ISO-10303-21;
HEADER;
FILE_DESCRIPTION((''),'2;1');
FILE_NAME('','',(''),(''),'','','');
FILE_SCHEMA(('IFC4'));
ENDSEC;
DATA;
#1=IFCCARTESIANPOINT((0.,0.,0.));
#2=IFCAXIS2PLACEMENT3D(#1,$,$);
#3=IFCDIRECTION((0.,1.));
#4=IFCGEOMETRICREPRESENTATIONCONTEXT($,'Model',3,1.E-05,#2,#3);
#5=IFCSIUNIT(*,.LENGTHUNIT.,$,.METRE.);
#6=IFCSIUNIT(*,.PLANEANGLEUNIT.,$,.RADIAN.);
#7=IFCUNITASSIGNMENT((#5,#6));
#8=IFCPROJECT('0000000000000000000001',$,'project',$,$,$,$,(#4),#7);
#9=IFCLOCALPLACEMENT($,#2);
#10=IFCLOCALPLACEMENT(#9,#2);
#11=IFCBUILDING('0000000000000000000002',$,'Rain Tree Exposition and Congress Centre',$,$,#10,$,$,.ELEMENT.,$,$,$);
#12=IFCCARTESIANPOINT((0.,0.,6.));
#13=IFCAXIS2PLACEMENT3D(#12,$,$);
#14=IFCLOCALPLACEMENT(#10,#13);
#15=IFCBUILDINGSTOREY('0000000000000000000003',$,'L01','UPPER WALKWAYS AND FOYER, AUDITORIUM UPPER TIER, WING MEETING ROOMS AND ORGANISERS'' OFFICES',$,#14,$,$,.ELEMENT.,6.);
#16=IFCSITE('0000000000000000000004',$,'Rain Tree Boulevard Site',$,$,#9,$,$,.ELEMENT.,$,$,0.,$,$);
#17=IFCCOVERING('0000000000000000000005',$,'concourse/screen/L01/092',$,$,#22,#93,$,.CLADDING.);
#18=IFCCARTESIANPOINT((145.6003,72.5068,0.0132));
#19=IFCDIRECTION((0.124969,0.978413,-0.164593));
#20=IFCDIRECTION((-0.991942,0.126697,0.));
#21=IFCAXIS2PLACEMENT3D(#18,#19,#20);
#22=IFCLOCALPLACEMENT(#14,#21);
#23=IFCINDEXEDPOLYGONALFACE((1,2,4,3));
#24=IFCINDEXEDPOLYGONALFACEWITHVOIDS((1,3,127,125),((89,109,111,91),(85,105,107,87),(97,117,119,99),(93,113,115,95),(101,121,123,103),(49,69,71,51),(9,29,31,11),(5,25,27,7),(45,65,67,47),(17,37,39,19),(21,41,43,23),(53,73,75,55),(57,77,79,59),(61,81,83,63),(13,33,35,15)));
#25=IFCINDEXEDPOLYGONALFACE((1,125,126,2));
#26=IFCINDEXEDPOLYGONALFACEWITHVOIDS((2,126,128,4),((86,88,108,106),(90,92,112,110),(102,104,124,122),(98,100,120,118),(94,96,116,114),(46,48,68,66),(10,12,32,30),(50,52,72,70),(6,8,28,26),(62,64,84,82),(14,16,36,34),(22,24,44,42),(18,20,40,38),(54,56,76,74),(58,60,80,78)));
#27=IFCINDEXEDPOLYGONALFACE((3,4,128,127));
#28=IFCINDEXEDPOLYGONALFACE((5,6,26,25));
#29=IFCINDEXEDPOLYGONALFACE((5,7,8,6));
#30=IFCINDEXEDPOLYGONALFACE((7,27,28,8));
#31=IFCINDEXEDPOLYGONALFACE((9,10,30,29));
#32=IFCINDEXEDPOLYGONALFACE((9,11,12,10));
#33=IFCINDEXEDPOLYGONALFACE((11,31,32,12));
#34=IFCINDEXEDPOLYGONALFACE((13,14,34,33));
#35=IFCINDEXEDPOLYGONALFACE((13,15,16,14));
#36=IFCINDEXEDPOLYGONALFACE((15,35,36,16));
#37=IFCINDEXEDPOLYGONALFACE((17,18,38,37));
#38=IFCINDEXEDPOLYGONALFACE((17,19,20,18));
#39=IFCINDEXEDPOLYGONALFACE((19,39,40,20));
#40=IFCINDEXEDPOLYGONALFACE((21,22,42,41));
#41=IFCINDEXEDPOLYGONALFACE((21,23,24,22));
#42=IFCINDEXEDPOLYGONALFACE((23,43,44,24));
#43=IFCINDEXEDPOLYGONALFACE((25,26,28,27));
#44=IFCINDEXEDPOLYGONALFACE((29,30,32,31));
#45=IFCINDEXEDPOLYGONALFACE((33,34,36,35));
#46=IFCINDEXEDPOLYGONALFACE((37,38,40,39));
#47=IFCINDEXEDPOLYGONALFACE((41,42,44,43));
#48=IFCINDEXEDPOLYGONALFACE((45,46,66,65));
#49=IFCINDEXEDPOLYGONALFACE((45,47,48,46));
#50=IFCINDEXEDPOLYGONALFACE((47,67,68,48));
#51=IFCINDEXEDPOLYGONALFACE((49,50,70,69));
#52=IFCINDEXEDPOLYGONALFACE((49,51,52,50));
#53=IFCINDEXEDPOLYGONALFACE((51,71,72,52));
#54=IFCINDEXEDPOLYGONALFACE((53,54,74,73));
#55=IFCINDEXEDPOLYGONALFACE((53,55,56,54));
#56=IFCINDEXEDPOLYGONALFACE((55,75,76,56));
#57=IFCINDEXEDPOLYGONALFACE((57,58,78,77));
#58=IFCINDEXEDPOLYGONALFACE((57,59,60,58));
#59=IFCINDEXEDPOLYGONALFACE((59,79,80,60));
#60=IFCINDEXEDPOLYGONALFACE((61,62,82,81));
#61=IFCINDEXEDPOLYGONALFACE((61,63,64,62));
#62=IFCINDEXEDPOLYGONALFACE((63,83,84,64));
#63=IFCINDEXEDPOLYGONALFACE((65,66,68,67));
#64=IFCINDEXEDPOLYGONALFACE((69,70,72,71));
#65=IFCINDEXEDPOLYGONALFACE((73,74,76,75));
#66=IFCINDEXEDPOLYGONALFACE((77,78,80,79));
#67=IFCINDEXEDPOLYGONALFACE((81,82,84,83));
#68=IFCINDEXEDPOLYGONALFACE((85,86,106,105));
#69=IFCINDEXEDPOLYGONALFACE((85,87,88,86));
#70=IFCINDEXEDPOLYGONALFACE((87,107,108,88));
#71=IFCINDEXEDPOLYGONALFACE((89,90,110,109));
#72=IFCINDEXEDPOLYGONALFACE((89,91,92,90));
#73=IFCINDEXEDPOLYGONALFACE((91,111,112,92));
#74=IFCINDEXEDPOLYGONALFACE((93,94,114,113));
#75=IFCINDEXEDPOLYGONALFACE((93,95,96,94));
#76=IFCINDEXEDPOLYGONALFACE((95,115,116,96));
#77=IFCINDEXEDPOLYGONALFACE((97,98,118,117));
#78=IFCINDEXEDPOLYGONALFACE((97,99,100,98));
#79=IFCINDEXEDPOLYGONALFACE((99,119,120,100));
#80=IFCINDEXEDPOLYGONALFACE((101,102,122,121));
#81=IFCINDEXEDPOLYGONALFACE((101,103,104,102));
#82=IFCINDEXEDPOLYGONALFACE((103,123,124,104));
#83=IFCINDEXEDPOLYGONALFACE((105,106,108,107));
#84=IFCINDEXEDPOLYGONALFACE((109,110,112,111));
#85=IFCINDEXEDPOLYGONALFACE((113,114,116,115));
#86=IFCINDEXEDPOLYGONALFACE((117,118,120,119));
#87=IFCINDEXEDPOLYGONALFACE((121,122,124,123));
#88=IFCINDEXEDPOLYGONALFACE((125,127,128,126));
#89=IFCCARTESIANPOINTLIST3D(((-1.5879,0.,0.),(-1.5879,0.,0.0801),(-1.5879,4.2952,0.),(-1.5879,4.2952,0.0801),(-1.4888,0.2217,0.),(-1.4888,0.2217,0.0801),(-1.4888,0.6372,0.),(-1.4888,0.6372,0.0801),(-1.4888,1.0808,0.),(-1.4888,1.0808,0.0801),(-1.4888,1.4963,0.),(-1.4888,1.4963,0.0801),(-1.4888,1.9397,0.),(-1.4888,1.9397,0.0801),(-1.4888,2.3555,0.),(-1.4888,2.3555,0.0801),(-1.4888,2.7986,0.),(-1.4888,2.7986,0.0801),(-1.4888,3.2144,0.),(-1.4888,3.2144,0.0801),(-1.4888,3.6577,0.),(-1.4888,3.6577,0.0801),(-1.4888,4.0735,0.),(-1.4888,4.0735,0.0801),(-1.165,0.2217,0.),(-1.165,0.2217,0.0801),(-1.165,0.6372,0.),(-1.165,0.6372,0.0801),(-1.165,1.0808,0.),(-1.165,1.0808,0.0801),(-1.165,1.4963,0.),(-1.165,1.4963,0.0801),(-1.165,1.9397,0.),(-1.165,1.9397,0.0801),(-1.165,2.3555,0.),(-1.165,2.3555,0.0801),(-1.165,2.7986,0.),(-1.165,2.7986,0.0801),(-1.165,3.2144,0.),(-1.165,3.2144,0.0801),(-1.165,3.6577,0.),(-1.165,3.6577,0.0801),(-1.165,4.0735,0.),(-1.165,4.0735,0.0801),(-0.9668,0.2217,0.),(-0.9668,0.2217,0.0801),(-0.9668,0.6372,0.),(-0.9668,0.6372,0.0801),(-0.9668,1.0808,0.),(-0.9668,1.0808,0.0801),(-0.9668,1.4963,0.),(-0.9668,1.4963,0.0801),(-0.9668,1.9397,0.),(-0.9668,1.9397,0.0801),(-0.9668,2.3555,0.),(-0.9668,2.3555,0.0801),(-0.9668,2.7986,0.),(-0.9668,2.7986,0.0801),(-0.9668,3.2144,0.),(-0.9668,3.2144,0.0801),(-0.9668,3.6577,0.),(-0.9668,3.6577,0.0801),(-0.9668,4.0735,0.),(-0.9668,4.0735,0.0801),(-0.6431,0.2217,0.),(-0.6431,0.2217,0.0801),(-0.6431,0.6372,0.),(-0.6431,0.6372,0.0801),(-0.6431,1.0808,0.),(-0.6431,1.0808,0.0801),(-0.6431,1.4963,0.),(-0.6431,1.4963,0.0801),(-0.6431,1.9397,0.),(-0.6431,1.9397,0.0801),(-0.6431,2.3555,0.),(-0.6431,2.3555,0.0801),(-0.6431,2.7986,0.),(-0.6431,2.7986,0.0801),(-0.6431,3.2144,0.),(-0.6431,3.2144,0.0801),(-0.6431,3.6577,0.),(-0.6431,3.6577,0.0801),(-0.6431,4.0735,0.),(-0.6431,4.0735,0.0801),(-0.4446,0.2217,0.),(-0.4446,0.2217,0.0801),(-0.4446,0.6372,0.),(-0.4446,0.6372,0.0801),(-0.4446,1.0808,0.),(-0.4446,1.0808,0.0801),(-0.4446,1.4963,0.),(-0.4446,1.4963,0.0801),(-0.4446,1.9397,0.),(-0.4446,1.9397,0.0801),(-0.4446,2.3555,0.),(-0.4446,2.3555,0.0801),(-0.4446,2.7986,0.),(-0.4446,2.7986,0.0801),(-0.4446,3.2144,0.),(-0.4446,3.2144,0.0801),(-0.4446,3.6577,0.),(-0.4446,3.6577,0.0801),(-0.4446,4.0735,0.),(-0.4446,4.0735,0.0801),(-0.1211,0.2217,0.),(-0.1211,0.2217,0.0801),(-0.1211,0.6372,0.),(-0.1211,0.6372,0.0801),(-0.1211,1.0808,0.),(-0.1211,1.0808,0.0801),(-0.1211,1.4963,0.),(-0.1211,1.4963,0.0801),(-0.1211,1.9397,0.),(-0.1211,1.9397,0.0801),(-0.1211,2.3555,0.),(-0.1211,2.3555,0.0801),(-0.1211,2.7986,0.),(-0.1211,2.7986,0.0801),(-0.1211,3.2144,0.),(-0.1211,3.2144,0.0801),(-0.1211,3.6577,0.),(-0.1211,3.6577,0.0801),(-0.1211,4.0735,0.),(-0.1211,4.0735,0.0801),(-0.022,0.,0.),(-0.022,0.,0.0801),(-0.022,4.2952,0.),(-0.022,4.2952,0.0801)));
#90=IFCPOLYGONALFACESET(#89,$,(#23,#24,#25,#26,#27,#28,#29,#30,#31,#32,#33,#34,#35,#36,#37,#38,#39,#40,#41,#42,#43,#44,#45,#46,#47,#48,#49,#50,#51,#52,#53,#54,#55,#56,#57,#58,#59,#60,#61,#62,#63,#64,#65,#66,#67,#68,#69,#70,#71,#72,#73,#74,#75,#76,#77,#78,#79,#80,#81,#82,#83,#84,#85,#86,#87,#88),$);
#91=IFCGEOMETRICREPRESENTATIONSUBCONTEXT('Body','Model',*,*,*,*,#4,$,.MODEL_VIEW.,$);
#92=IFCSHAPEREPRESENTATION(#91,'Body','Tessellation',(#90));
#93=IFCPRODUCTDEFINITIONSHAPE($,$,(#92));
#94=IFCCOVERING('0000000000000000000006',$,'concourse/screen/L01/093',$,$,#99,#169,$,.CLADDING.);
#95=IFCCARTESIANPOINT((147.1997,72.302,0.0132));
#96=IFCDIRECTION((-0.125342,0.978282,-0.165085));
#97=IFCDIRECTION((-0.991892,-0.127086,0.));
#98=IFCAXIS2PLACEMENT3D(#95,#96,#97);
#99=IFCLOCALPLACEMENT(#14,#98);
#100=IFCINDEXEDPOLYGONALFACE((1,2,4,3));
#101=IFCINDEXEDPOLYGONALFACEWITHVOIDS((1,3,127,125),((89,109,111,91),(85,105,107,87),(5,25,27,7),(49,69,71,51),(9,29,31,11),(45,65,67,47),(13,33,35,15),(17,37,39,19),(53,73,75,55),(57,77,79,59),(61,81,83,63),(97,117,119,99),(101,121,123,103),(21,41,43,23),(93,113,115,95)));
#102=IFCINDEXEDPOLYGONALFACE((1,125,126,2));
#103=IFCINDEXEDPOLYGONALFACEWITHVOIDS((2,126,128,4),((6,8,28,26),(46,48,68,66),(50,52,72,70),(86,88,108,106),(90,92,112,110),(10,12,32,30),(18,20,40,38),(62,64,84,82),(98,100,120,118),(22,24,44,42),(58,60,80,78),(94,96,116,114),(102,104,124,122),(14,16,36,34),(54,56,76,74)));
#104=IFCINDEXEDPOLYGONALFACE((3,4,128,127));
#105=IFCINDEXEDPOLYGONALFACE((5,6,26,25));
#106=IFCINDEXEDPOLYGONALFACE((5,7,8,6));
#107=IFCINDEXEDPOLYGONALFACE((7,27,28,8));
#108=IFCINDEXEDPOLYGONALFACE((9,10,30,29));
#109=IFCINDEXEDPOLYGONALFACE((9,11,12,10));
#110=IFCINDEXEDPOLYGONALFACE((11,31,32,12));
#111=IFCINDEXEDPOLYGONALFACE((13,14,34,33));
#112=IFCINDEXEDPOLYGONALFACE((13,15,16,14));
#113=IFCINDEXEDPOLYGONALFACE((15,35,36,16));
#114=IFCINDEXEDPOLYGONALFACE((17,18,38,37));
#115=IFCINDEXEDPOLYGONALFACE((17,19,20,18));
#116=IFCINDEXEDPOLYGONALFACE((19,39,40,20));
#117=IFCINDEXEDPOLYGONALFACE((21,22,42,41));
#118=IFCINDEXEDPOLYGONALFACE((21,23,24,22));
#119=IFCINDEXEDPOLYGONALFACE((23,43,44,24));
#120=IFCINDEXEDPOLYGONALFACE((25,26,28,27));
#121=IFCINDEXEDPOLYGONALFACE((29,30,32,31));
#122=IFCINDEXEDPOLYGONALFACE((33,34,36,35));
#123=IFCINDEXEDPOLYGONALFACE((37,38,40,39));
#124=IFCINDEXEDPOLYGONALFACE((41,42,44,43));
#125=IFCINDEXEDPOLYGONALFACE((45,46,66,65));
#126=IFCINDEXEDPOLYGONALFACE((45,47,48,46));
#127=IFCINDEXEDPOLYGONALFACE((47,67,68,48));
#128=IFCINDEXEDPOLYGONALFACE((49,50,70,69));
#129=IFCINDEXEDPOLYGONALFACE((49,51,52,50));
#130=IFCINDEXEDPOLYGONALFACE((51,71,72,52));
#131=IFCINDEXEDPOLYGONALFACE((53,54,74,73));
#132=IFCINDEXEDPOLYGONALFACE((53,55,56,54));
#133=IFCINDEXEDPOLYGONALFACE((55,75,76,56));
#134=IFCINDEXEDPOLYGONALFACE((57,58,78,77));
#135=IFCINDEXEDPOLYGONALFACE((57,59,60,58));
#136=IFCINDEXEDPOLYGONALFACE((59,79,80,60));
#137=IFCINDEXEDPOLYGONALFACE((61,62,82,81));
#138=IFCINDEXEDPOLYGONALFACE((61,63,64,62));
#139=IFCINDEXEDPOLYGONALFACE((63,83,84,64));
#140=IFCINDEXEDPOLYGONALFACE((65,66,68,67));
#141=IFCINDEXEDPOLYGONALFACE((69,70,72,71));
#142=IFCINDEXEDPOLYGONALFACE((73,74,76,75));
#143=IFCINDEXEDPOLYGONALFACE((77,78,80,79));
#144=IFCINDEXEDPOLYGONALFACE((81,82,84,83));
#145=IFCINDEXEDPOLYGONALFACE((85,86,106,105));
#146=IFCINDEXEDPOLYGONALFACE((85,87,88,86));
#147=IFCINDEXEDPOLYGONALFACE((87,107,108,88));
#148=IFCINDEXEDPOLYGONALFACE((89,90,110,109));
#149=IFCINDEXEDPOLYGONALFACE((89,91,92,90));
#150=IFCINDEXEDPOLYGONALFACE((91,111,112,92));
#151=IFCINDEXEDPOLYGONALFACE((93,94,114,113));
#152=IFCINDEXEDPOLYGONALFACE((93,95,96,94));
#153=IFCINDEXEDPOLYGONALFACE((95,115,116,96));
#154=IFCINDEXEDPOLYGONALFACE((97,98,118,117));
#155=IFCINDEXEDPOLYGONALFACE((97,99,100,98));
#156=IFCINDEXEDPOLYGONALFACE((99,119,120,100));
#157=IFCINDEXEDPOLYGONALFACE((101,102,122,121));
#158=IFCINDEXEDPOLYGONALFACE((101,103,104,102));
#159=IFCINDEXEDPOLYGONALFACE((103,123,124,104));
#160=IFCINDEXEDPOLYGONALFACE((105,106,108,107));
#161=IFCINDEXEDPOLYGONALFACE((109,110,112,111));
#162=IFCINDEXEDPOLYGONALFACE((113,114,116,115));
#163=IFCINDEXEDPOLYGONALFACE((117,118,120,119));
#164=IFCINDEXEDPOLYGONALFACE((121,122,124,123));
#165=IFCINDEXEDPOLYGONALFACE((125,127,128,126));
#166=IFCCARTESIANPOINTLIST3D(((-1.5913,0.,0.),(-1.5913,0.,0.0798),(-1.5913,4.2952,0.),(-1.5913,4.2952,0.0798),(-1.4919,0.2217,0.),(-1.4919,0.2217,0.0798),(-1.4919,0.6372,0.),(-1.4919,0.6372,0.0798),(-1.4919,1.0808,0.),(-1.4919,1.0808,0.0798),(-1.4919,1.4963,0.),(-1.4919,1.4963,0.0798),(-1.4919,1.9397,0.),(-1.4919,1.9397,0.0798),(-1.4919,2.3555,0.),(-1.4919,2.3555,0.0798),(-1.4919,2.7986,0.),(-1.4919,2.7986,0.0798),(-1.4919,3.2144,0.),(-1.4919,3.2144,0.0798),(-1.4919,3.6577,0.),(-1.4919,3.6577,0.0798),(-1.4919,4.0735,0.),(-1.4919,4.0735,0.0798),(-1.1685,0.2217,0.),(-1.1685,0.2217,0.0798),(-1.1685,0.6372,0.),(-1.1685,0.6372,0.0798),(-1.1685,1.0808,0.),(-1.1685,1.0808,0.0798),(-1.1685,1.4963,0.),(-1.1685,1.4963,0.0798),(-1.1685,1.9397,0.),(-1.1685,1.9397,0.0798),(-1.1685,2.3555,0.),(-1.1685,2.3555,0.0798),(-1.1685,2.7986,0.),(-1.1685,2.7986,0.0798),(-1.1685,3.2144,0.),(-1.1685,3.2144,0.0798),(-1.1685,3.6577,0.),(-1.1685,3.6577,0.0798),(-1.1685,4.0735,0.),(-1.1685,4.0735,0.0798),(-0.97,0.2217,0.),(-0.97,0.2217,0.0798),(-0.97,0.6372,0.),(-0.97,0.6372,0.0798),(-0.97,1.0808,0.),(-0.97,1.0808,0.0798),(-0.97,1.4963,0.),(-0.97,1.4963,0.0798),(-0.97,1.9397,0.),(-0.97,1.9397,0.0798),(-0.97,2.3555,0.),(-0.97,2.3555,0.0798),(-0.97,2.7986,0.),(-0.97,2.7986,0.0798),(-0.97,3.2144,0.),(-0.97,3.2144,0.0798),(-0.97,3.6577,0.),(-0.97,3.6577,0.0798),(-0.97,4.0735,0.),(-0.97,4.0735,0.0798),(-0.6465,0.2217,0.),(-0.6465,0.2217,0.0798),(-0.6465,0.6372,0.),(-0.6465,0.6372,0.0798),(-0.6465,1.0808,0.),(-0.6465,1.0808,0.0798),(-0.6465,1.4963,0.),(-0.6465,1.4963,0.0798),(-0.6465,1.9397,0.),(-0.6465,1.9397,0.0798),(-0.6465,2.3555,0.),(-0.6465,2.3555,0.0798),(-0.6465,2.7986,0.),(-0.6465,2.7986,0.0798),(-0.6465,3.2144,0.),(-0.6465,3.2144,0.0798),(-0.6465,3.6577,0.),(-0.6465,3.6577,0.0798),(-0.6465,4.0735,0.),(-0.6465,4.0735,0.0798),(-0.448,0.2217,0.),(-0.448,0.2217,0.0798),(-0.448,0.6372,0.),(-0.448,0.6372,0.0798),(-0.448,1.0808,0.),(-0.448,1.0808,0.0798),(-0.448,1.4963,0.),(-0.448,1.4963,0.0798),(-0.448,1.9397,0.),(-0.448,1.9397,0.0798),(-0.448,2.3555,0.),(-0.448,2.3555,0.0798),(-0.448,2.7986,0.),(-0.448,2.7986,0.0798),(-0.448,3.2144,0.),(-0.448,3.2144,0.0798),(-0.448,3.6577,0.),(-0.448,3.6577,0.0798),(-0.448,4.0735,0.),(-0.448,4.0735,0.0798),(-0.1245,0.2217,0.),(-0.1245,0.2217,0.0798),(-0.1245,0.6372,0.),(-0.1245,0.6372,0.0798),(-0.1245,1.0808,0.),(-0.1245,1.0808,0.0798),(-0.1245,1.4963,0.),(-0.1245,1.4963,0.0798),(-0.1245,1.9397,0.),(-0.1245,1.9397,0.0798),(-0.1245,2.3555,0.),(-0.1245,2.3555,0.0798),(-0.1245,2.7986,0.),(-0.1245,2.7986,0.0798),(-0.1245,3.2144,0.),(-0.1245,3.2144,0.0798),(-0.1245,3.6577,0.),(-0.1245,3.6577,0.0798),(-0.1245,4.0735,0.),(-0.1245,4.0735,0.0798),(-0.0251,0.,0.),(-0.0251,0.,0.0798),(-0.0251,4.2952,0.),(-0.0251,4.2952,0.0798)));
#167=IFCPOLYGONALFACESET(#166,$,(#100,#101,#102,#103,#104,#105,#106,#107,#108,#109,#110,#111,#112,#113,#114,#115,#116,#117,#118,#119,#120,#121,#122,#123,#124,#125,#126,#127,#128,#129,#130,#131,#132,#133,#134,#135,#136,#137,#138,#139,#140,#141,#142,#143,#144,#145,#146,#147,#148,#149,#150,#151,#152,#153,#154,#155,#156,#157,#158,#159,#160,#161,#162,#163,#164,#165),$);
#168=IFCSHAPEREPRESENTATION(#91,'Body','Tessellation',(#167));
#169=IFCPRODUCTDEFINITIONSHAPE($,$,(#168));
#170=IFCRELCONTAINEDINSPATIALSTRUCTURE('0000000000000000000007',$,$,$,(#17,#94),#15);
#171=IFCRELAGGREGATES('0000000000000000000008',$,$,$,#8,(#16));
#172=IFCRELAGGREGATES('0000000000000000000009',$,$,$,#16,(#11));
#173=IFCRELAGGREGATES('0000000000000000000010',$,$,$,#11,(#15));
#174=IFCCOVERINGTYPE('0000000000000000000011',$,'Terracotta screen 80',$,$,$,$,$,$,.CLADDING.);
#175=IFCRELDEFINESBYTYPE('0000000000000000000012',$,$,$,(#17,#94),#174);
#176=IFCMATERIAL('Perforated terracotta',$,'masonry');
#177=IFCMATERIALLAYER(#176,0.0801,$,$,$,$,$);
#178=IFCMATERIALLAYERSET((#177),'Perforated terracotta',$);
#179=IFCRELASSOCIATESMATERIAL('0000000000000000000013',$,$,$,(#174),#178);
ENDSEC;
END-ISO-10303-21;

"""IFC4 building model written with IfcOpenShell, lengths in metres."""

from ifc_helpers import new_model, si_unit, direction, frame, origin, place, context, subcontext, project, spatial, polyline, outline, extrude, material, layer, layer_set, type_object, element, save


model = new_model("IFC4")

# Units and contexts
model_context = context("Model", 3, precision=1e-05, world=origin(), true_north=direction((0.0, 1.0)))
body_context = subcontext(model_context, "Body", "Model", "MODEL_VIEW")
ifc_project = project(units=[si_unit("LENGTHUNIT", "METRE"), si_unit("PLANEANGLEUNIT", "RADIAN")], contexts=[model_context])

# Site, building, storey
site_placement = place(None, origin())
site = spatial("IfcSite", under=ifc_project, at=site_placement, Name="Rain Tree Boulevard Site", CompositionType="ELEMENT", RefElevation=0.0)
building_placement = place(site_placement, origin())
building = spatial("IfcBuilding", under=site, at=building_placement, Name="Rain Tree Exposition and Congress Centre", CompositionType="ELEMENT")
storey_placement = place(building_placement, frame((0.0, 0.0, 6.0)))
storey = spatial("IfcBuildingStorey", under=building, at=storey_placement, Name="L01", Description="UPPER WALKWAYS AND FOYER, AUDITORIUM UPPER TIER, WING MEETING ROOMS AND ORGANISERS' OFFICES", CompositionType="ELEMENT", Elevation=6.0)

# Coverings
ifc_material_1 = material(Name="Perforated terracotta", Category="masonry")
ifc_layer_1 = layer(ifc_material_1, 0.0801)
ifc_layer_set_1 = layer_set([ifc_layer_1], Name="Perforated terracotta")
covering_type = type_object("IfcCoveringType", Name="Terracotta screen 80", PredefinedType="CLADDING", material=ifc_layer_set_1)
covering_1_placement = place(storey_placement, frame((145.6003, 72.5068, 0.0132), z_axis=(0.124969, 0.978413, -0.164593), x_axis=(-0.991942, 0.126697, 0.0)))
element("IfcCovering", 1, at=covering_1_placement, inside=storey, type_object=covering_type, Name="concourse/screen/L01/092", PredefinedType="CLADDING", context=body_context, shape_type="SweptSolid", body=[
    extrude(outline(polyline([(-1.5879, 0.0), (-1.5879, 4.2952), (-0.022, 4.2952), (-0.022, 0.0), (-1.5879, 0.0)]), holes=[polyline([(-0.1211, 0.2217), (-0.1211, 0.6372), (-0.4446, 0.6372), (-0.4446, 0.2217), (-0.1211, 0.2217)]), polyline([(-0.1211, 1.0808), (-0.1211, 1.4963), (-0.4446, 1.4963), (-0.4446, 1.0808), (-0.1211, 1.0808)]), polyline([(-0.1211, 1.9397), (-0.1211, 2.3555), (-0.4446, 2.3555), (-0.4446, 1.9397), (-0.1211, 1.9397)]), polyline([(-0.1211, 2.7986), (-0.1211, 3.2144), (-0.4446, 3.2144), (-0.4446, 2.7986), (-0.1211, 2.7986)]), polyline([(-0.1211, 3.6577), (-0.1211, 4.0735), (-0.4446, 4.0735), (-0.4446, 3.6577), (-0.1211, 3.6577)]), polyline([(-0.6431, 0.2217), (-0.6431, 0.6372), (-0.9668, 0.6372), (-0.9668, 0.2217), (-0.6431, 0.2217)]), polyline([(-0.6431, 1.0808), (-0.6431, 1.4963), (-0.9668, 1.4963), (-0.9668, 1.0808), (-0.6431, 1.0808)]), polyline([(-0.6431, 1.9397), (-0.6431, 2.3555), (-0.9668, 2.3555), (-0.9668, 1.9397), (-0.6431, 1.9397)]), polyline([(-0.6431, 2.7986), (-0.6431, 3.2144), (-0.9668, 3.2144), (-0.9668, 2.7986), (-0.6431, 2.7986)]), polyline([(-0.6431, 3.6577), (-0.6431, 4.0735), (-0.9668, 4.0735), (-0.9668, 3.6577), (-0.6431, 3.6577)]), polyline([(-1.165, 0.2217), (-1.165, 0.6372), (-1.4888, 0.6372), (-1.4888, 0.2217), (-1.165, 0.2217)]), polyline([(-1.165, 1.0808), (-1.165, 1.4963), (-1.4888, 1.4963), (-1.4888, 1.0808), (-1.165, 1.0808)]), polyline([(-1.165, 1.9397), (-1.165, 2.3555), (-1.4888, 2.3555), (-1.4888, 1.9397), (-1.165, 1.9397)]), polyline([(-1.165, 2.7986), (-1.165, 3.2144), (-1.4888, 3.2144), (-1.4888, 2.7986), (-1.165, 2.7986)]), polyline([(-1.165, 3.6577), (-1.165, 4.0735), (-1.4888, 4.0735), (-1.4888, 3.6577), (-1.165, 3.6577)])]), origin(), (0.0, 0.0, 1.0), 0.0801),
])
covering_2_placement = place(storey_placement, frame((147.1997, 72.302, 0.0132), z_axis=(-0.125342, 0.978282, -0.165085), x_axis=(-0.991892, -0.127086, 0.0)))
element("IfcCovering", 2, at=covering_2_placement, inside=storey, type_object=covering_type, Name="concourse/screen/L01/093", PredefinedType="CLADDING", context=body_context, shape_type="SweptSolid", body=[
    extrude(outline(polyline([(-1.5913, 0.0), (-1.5913, 4.2952), (-0.0251, 4.2952), (-0.0251, 0.0), (-1.5913, 0.0)]), holes=[polyline([(-0.1245, 0.2217), (-0.1245, 0.6372), (-0.448, 0.6372), (-0.448, 0.2217), (-0.1245, 0.2217)]), polyline([(-0.1245, 1.0808), (-0.1245, 1.4963), (-0.448, 1.4963), (-0.448, 1.0808), (-0.1245, 1.0808)]), polyline([(-0.1245, 1.9397), (-0.1245, 2.3555), (-0.448, 2.3555), (-0.448, 1.9397), (-0.1245, 1.9397)]), polyline([(-0.1245, 2.7986), (-0.1245, 3.2144), (-0.448, 3.2144), (-0.448, 2.7986), (-0.1245, 2.7986)]), polyline([(-0.1245, 3.6577), (-0.1245, 4.0735), (-0.448, 4.0735), (-0.448, 3.6577), (-0.1245, 3.6577)]), polyline([(-0.6465, 0.2217), (-0.6465, 0.6372), (-0.97, 0.6372), (-0.97, 0.2217), (-0.6465, 0.2217)]), polyline([(-0.6465, 1.0808), (-0.6465, 1.4963), (-0.97, 1.4963), (-0.97, 1.0808), (-0.6465, 1.0808)]), polyline([(-0.6465, 1.9397), (-0.6465, 2.3555), (-0.97, 2.3555), (-0.97, 1.9397), (-0.6465, 1.9397)]), polyline([(-0.6465, 2.7986), (-0.6465, 3.2144), (-0.97, 3.2144), (-0.97, 2.7986), (-0.6465, 2.7986)]), polyline([(-0.6465, 3.6577), (-0.6465, 4.0735), (-0.97, 4.0735), (-0.97, 3.6577), (-0.6465, 3.6577)]), polyline([(-1.1685, 0.2217), (-1.1685, 0.6372), (-1.4919, 0.6372), (-1.4919, 0.2217), (-1.1685, 0.2217)]), polyline([(-1.1685, 1.0808), (-1.1685, 1.4963), (-1.4919, 1.4963), (-1.4919, 1.0808), (-1.1685, 1.0808)]), polyline([(-1.1685, 1.9397), (-1.1685, 2.3555), (-1.4919, 2.3555), (-1.4919, 1.9397), (-1.1685, 1.9397)]), polyline([(-1.1685, 2.7986), (-1.1685, 3.2144), (-1.4919, 3.2144), (-1.4919, 2.7986), (-1.1685, 2.7986)]), polyline([(-1.1685, 3.6577), (-1.1685, 4.0735), (-1.4919, 4.0735), (-1.4919, 3.6577), (-1.1685, 3.6577)])]), origin(), (0.0, 0.0, 1.0), 0.0798),
])

save(model, "model.ifc")
